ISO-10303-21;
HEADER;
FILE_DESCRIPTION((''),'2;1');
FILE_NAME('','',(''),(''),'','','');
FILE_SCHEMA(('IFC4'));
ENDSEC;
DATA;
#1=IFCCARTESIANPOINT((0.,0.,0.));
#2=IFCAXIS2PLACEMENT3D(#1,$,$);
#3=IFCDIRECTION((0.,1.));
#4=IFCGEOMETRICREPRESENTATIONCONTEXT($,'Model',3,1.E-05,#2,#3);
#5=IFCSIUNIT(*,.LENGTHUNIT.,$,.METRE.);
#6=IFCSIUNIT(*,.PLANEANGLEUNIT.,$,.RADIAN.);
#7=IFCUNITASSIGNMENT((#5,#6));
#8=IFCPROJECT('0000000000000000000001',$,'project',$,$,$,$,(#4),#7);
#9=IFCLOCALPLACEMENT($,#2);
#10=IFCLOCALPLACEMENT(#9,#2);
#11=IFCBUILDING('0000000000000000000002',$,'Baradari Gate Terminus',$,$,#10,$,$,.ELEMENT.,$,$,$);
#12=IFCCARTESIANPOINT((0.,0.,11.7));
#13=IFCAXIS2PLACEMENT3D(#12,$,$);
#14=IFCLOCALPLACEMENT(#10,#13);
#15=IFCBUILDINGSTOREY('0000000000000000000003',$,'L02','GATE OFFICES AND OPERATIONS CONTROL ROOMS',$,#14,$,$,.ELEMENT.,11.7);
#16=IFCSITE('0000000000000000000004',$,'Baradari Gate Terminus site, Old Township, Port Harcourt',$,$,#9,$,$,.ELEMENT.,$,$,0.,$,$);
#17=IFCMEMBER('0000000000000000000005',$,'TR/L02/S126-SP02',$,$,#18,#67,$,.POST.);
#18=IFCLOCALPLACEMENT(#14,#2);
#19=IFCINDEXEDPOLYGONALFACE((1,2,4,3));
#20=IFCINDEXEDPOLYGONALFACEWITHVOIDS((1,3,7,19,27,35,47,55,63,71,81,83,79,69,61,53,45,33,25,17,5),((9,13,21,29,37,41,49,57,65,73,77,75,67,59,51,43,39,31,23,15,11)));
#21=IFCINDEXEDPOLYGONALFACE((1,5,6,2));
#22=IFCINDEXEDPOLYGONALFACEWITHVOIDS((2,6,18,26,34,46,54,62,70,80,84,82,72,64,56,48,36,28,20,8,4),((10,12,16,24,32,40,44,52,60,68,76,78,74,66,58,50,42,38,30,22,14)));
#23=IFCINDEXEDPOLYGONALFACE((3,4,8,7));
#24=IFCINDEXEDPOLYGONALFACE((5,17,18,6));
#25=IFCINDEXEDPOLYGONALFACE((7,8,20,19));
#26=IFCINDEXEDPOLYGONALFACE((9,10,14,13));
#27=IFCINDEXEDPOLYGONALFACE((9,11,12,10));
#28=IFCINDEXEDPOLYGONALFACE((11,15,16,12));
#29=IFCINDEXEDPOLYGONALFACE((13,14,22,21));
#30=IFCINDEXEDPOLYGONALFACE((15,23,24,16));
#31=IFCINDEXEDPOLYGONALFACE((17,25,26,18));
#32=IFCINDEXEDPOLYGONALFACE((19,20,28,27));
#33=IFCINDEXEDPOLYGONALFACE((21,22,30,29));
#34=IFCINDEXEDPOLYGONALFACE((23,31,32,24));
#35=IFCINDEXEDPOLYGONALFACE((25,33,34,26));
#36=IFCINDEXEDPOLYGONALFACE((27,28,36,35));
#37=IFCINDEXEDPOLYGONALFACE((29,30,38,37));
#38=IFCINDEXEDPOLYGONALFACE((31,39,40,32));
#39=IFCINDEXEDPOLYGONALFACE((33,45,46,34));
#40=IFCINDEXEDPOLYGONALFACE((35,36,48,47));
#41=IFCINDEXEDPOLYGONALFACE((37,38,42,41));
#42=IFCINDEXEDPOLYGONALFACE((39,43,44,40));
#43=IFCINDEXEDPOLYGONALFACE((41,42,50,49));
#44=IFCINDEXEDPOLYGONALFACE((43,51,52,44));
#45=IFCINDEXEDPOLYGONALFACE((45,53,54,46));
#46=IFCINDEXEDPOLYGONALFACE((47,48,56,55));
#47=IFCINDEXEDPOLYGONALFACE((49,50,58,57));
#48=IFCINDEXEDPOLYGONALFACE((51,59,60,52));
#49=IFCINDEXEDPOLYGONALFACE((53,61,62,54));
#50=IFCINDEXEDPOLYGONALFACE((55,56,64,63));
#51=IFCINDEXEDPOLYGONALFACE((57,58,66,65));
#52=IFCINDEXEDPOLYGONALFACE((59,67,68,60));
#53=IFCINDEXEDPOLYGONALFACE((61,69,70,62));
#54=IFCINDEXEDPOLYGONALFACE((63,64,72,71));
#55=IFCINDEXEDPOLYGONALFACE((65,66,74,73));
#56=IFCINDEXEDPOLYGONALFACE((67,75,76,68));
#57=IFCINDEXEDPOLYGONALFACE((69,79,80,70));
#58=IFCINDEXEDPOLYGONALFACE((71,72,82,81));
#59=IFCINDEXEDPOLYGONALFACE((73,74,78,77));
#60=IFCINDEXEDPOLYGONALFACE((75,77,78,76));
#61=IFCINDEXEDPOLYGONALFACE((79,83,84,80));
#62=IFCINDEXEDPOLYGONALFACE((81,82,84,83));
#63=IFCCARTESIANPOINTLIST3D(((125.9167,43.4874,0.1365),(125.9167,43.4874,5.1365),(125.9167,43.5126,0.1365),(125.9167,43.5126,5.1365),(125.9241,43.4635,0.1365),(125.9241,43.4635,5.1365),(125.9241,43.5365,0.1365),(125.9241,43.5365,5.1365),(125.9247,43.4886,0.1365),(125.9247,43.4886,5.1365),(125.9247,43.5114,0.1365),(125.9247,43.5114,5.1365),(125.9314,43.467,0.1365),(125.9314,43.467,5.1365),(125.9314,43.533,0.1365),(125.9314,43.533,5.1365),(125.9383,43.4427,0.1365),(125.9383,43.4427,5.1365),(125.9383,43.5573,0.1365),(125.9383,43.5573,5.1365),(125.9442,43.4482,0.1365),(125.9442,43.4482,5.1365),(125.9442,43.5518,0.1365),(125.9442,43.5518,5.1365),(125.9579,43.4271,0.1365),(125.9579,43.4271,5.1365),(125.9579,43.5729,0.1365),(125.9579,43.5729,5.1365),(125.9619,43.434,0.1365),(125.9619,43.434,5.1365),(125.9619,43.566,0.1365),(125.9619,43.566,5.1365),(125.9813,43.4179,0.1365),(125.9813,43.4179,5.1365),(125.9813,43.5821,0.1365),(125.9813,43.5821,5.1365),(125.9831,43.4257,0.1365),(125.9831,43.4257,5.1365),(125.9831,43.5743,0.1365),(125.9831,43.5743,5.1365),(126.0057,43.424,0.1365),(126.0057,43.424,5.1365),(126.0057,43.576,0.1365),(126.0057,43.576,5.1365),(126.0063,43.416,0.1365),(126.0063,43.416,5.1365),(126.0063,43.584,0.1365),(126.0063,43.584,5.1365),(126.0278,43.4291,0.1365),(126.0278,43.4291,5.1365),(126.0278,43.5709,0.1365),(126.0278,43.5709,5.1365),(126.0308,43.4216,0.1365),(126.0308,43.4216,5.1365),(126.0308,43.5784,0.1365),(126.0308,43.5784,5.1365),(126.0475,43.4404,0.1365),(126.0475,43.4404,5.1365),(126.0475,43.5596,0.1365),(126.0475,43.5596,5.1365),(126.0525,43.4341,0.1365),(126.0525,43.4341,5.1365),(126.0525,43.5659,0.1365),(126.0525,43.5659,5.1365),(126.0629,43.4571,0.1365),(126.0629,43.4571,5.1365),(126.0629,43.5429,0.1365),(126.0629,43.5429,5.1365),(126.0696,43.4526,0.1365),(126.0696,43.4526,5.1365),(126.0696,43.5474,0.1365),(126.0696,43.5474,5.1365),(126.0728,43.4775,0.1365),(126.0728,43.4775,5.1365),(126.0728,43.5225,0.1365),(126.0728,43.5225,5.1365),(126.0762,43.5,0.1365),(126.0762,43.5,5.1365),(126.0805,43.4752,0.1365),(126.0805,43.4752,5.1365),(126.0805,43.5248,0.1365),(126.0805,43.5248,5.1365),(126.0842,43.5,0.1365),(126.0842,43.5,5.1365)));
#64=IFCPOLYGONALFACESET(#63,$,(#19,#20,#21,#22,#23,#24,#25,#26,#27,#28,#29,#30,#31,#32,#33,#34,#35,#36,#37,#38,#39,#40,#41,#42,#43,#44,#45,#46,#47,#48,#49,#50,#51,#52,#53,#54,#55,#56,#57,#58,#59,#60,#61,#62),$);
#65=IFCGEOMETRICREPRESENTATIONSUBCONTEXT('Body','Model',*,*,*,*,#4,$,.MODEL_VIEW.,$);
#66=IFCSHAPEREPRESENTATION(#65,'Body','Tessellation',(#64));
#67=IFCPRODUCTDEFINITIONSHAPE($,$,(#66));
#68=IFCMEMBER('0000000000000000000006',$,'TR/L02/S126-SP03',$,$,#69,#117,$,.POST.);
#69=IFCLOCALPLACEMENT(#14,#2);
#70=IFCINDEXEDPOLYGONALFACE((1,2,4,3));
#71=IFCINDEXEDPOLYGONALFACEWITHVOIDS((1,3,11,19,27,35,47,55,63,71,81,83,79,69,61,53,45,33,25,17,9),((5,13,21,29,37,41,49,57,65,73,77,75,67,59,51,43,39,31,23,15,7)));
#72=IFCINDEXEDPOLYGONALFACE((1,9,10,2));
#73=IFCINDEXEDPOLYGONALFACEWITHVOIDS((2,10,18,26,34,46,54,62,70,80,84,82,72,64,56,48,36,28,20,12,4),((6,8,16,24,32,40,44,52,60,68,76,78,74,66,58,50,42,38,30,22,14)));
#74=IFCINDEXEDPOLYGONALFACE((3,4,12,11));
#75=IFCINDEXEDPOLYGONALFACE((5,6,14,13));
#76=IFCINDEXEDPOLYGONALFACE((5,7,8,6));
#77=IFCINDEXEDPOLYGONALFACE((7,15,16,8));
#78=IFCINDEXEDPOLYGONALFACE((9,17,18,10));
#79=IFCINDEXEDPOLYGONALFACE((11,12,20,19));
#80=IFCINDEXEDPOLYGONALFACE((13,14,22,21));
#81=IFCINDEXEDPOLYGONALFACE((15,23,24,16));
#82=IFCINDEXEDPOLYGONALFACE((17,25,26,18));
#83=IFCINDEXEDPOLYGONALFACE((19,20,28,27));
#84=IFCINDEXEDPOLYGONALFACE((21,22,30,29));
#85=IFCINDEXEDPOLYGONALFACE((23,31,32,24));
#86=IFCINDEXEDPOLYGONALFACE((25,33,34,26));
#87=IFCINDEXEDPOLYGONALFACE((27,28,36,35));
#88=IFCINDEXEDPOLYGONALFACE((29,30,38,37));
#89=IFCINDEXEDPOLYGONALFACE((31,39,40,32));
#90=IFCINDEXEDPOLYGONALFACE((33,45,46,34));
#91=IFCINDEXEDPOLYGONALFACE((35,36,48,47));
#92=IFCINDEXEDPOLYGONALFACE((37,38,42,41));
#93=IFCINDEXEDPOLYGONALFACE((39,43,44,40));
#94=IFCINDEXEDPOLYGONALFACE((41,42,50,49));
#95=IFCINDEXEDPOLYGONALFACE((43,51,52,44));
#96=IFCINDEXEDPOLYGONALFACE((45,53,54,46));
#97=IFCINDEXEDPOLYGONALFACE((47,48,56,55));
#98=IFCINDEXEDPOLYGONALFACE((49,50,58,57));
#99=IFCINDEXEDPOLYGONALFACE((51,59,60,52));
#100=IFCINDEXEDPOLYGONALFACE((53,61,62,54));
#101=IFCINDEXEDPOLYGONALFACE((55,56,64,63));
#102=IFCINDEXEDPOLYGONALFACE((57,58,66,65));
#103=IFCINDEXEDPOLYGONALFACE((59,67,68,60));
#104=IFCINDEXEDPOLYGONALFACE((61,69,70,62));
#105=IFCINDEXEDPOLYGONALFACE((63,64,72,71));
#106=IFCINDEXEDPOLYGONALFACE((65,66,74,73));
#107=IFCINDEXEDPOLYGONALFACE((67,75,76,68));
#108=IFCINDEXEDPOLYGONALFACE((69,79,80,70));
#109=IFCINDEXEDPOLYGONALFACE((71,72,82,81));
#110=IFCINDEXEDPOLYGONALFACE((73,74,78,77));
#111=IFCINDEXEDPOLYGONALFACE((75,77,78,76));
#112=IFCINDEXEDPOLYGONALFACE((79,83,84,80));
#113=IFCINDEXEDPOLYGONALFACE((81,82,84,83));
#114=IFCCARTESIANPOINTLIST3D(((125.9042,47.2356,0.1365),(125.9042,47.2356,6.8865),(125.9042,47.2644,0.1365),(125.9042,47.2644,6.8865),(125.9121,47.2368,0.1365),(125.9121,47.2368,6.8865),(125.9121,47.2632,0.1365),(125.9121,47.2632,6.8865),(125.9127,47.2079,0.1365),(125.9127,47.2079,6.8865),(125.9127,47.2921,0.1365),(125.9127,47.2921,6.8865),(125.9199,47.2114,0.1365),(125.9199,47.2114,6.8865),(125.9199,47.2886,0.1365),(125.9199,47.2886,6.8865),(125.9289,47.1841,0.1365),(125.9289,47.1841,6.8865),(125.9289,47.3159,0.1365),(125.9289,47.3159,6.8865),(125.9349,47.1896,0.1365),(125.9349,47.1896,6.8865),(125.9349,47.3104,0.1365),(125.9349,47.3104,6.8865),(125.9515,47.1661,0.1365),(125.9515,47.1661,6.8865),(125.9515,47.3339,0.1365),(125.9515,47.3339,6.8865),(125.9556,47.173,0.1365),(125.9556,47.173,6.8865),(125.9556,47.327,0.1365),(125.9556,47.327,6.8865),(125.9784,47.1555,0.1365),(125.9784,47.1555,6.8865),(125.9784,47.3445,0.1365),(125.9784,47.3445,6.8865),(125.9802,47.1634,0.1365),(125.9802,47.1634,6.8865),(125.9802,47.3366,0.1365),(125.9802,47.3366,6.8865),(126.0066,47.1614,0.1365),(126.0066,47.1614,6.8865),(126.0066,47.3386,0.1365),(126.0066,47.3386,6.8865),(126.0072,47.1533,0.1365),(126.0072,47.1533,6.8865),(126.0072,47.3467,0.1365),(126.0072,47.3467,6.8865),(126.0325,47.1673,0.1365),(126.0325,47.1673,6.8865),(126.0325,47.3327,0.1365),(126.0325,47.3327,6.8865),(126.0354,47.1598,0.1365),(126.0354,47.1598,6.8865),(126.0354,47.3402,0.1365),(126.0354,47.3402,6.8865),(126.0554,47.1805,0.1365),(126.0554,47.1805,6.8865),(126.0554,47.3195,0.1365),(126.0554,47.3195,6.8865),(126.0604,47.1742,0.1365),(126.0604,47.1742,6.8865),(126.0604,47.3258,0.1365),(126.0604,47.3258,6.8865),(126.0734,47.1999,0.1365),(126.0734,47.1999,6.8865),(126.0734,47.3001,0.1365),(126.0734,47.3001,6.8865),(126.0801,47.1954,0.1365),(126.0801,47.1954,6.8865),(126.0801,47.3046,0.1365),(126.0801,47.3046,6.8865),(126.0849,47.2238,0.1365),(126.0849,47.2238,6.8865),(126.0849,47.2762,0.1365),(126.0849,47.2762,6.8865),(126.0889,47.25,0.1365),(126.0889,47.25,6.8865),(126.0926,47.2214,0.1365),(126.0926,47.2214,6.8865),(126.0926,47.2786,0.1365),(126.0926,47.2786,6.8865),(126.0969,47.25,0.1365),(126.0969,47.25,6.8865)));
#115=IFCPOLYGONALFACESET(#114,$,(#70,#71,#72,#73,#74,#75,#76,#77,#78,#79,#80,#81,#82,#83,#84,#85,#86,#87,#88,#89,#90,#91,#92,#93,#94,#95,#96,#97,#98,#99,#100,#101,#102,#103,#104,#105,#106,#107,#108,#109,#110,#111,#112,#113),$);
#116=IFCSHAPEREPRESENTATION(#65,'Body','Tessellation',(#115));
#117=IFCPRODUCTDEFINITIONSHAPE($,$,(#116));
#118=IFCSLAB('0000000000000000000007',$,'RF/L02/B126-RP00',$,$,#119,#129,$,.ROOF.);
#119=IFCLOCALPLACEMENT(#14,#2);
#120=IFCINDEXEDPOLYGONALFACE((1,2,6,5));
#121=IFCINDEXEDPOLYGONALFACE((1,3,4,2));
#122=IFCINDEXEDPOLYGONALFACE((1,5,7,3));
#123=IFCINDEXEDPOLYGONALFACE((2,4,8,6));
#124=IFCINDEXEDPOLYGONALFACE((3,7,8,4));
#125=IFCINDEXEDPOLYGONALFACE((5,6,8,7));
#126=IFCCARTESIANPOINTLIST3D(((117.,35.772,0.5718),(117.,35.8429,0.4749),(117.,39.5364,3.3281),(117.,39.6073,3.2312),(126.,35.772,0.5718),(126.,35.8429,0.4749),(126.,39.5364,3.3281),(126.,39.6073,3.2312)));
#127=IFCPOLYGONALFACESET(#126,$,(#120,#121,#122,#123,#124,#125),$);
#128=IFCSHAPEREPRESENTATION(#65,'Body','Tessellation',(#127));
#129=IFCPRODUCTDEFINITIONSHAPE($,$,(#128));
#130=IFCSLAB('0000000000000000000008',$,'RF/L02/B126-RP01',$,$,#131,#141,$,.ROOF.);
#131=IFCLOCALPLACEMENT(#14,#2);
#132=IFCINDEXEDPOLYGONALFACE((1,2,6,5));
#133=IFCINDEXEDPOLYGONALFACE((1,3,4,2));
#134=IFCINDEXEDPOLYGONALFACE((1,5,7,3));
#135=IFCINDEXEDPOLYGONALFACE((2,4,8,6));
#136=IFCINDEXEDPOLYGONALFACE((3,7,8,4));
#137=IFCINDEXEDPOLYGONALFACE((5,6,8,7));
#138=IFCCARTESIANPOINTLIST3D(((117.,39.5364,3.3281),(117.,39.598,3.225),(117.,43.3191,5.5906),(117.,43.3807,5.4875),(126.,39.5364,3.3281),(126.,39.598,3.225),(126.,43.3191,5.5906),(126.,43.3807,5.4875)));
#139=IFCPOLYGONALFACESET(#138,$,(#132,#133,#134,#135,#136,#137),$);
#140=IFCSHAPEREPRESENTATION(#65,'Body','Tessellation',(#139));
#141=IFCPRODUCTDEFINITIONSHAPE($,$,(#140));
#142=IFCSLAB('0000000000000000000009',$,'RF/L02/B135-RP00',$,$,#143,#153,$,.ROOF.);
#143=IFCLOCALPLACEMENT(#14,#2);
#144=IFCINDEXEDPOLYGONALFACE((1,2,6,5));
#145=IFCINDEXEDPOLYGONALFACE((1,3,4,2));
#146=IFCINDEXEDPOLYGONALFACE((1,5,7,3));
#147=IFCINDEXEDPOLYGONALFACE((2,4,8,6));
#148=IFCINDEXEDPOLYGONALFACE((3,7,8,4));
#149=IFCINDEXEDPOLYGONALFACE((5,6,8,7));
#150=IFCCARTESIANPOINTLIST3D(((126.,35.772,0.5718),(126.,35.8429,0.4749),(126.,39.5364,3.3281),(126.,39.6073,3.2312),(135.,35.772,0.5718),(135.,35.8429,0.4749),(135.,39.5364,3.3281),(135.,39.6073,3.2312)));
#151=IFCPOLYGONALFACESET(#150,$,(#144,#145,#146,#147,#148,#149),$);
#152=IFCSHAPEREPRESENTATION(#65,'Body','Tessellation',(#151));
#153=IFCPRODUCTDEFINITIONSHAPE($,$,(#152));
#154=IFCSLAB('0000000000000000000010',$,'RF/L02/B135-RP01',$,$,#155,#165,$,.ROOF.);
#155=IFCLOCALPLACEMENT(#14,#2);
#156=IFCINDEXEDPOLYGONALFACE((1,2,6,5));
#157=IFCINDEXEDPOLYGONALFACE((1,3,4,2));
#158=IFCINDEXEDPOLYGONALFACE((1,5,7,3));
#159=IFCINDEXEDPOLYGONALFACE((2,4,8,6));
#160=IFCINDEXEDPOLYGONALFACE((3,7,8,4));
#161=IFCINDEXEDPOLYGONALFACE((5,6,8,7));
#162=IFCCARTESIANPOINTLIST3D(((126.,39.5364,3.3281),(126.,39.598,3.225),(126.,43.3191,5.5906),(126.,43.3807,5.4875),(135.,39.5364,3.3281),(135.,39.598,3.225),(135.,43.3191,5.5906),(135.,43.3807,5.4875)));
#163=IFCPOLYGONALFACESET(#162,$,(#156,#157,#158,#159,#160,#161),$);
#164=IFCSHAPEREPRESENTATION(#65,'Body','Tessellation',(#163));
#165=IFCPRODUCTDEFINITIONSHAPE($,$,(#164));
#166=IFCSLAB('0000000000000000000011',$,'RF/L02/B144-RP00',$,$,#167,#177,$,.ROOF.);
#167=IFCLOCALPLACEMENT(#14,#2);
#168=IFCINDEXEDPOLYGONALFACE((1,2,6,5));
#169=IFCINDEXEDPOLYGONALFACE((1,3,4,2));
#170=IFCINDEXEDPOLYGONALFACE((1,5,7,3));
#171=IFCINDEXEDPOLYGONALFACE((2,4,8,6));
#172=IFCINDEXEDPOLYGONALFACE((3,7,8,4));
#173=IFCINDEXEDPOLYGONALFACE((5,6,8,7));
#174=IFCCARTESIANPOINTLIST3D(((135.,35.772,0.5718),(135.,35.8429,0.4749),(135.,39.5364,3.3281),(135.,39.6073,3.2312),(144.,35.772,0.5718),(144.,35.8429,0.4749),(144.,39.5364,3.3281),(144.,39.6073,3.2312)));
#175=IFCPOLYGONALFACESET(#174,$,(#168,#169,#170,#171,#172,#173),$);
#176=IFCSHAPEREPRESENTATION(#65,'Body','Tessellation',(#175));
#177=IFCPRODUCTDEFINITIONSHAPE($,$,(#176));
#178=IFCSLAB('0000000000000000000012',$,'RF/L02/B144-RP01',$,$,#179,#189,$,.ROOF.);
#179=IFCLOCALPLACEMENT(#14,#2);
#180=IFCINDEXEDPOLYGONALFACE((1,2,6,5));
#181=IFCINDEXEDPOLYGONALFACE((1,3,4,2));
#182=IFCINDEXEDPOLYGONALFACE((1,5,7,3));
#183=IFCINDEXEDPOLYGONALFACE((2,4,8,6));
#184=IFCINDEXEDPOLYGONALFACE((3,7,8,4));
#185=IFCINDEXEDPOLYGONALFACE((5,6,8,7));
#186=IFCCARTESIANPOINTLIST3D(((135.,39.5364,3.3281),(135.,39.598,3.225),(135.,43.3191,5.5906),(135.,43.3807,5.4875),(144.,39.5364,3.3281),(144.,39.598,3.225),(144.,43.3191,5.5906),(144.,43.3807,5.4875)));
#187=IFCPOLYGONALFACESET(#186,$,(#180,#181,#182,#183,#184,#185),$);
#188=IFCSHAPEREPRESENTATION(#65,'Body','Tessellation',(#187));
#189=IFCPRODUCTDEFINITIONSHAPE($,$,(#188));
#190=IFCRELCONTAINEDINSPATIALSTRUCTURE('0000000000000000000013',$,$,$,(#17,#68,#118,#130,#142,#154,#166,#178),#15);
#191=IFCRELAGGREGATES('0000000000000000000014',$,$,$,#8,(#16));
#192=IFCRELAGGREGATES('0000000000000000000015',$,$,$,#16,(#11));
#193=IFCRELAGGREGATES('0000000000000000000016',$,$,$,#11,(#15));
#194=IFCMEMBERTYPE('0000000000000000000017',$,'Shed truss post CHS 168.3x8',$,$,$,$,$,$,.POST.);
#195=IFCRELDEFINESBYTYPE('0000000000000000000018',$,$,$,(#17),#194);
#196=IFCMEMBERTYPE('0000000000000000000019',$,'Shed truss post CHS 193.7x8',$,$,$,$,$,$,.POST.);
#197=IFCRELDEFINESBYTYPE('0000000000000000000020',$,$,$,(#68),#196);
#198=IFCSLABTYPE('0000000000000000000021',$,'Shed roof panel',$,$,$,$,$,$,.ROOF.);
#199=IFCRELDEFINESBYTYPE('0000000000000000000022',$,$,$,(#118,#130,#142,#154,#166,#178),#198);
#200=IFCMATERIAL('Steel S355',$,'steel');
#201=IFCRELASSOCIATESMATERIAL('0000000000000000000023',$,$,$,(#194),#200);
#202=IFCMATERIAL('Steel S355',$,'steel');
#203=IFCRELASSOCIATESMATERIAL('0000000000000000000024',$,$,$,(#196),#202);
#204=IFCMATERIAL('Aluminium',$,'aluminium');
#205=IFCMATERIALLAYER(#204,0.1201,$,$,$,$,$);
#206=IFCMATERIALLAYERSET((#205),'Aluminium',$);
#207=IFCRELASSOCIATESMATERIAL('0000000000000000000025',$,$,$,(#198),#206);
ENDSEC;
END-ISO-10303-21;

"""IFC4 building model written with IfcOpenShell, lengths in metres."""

from ifc_helpers import new_model, si_unit, direction, frame, origin, origin_2d, place, context, subcontext, project, spatial, polyline, hollow_circle, outline, extrude, material, layer, layer_set, material_profile, profile_set, type_object, element, save


model = new_model("IFC4")

# Units and contexts
model_context = context("Model", 3, precision=1e-05, world=origin(), true_north=direction((0.0, 1.0)))
body_context = subcontext(model_context, "Body", "Model", "MODEL_VIEW")
ifc_project = project(units=[si_unit("LENGTHUNIT", "METRE"), si_unit("PLANEANGLEUNIT", "RADIAN")], contexts=[model_context])

# Site, building, storey
site_placement = place(None, origin())
site = spatial("IfcSite", under=ifc_project, at=site_placement, Name="Baradari Gate Terminus site, Old Township, Port Harcourt", CompositionType="ELEMENT", RefElevation=0.0)
building_placement = place(site_placement, origin())
building = spatial("IfcBuilding", under=site, at=building_placement, Name="Baradari Gate Terminus", CompositionType="ELEMENT")
storey_placement = place(building_placement, frame((0.0, 0.0, 11.7)))
storey = spatial("IfcBuildingStorey", under=building, at=storey_placement, Name="L02", Description="GATE OFFICES AND OPERATIONS CONTROL ROOMS", CompositionType="ELEMENT", Elevation=11.7)

# Members
ifc_material_1 = material(Name="Steel S355", Category="steel")
ifc_material_profile_1 = material_profile(ifc_material_1, hollow_circle(Radius=0.0842, WallThickness=0.0081, at=origin_2d()), Name="CHS 168.3x8")
ifc_profile_set_1 = profile_set([ifc_material_profile_1], Name="Steel S355")
member_type_1 = type_object("IfcMemberType", Name="Shed truss post CHS 168.3x8", PredefinedType="POST", material=ifc_profile_set_1)
member_1_placement = place(storey_placement, frame((126.0, 43.5, 0.1365), z_axis=(0.0, 0.0, 1.0), x_axis=(1.0, 0.0, 0.0)))
element("IfcMember", 1, at=member_1_placement, inside=storey, type_object=member_type_1, Name="TR/L02/S126-SP02", PredefinedType="POST", context=body_context, shape_type="SweptSolid", body=[
    extrude(hollow_circle(Radius=0.0842, WallThickness=0.0081, at=origin_2d()), origin(), (0.0, 0.0, 1.0), 5.0),
])
ifc_material_2 = material(Name="Steel S355", Category="steel")
ifc_material_profile_2 = material_profile(ifc_material_2, hollow_circle(Radius=0.0969, WallThickness=0.0081, at=origin_2d()), Name="CHS 193.7x8")
ifc_profile_set_2 = profile_set([ifc_material_profile_2], Name="Steel S355")
member_type_2 = type_object("IfcMemberType", Name="Shed truss post CHS 193.7x8", PredefinedType="POST", material=ifc_profile_set_2)
member_2_placement = place(storey_placement, frame((126.0, 47.25, 0.1365), z_axis=(0.0, 0.0, 1.0), x_axis=(1.0, 0.0, 0.0)))
element("IfcMember", 2, at=member_2_placement, inside=storey, type_object=member_type_2, Name="TR/L02/S126-SP03", PredefinedType="POST", context=body_context, shape_type="SweptSolid", body=[
    extrude(hollow_circle(Radius=0.0969, WallThickness=0.0081, at=origin_2d()), origin(), (0.0, 0.0, 1.0), 6.75),
])

# Slabs
ifc_material_3 = material(Name="Aluminium", Category="aluminium")
ifc_layer = layer(ifc_material_3, 0.1201)
ifc_layer_set = layer_set([ifc_layer], Name="Aluminium")
slab_type = type_object("IfcSlabType", Name="Shed roof panel", PredefinedType="ROOF", material=ifc_layer_set)
slab_1_placement = place(storey_placement, frame((117.0, 35.772, 0.5718), z_axis=(0.0, -0.590776, 0.806836), x_axis=(1.0, 0.0, 0.0)))
element("IfcSlab", 3, at=slab_1_placement, inside=storey, type_object=slab_type, Name="RF/L02/B126-RP00", PredefinedType="ROOF", context=body_context, shape_type="SweptSolid", body=[
    extrude(outline(polyline([(0.0, 0.0), (9.0, 0.0), (9.0, 4.6656), (0.0, 4.6656), (0.0, 0.0)])), origin(), (0.0, 0.0, -1.0), 0.1201),
])
slab_2_placement = place(storey_placement, frame((117.0, 39.5364, 3.3281), z_axis=(0.0, -0.513298, 0.858211), x_axis=(1.0, 0.0, 0.0)))
element("IfcSlab", 4, at=slab_2_placement, inside=storey, type_object=slab_type, Name="RF/L02/B126-RP01", PredefinedType="ROOF", context=body_context, shape_type="SweptSolid", body=[
    extrude(outline(polyline([(0.0, 0.0), (9.0, 0.0), (9.0, 4.4077), (0.0, 4.4077), (0.0, 0.0)])), origin(), (0.0, 0.0, -1.0), 0.1201),
])
slab_3_placement = place(storey_placement, frame((126.0, 35.772, 0.5718), z_axis=(0.0, -0.590776, 0.806836), x_axis=(1.0, 0.0, 0.0)))
element("IfcSlab", 5, at=slab_3_placement, inside=storey, type_object=slab_type, Name="RF/L02/B135-RP00", PredefinedType="ROOF", context=body_context, shape_type="SweptSolid", body=[
    extrude(outline(polyline([(0.0, 0.0), (9.0, 0.0), (9.0, 4.6656), (0.0, 4.6656), (0.0, 0.0)])), origin(), (0.0, 0.0, -1.0), 0.1201),
])
slab_4_placement = place(storey_placement, frame((126.0, 39.5364, 3.3281), z_axis=(0.0, -0.513298, 0.858211), x_axis=(1.0, 0.0, 0.0)))
element("IfcSlab", 6, at=slab_4_placement, inside=storey, type_object=slab_type, Name="RF/L02/B135-RP01", PredefinedType="ROOF", context=body_context, shape_type="SweptSolid", body=[
    extrude(outline(polyline([(0.0, 0.0), (9.0, 0.0), (9.0, 4.4077), (0.0, 4.4077), (0.0, 0.0)])), origin(), (0.0, 0.0, -1.0), 0.1201),
])
slab_5_placement = place(storey_placement, frame((135.0, 35.772, 0.5718), z_axis=(0.0, -0.590776, 0.806836), x_axis=(1.0, 0.0, 0.0)))
element("IfcSlab", 7, at=slab_5_placement, inside=storey, type_object=slab_type, Name="RF/L02/B144-RP00", PredefinedType="ROOF", context=body_context, shape_type="SweptSolid", body=[
    extrude(outline(polyline([(0.0, 0.0), (9.0, 0.0), (9.0, 4.6656), (0.0, 4.6656), (0.0, 0.0)])), origin(), (0.0, 0.0, -1.0), 0.1201),
])
slab_6_placement = place(storey_placement, frame((135.0, 39.5364, 3.3281), z_axis=(0.0, -0.513298, 0.858211), x_axis=(1.0, 0.0, 0.0)))
element("IfcSlab", 8, at=slab_6_placement, inside=storey, type_object=slab_type, Name="RF/L02/B144-RP01", PredefinedType="ROOF", context=body_context, shape_type="SweptSolid", body=[
    extrude(outline(polyline([(0.0, 0.0), (9.0, 0.0), (9.0, 4.4077), (0.0, 4.4077), (0.0, 0.0)])), origin(), (0.0, 0.0, -1.0), 0.1201),
])

save(model, "model.ifc")
